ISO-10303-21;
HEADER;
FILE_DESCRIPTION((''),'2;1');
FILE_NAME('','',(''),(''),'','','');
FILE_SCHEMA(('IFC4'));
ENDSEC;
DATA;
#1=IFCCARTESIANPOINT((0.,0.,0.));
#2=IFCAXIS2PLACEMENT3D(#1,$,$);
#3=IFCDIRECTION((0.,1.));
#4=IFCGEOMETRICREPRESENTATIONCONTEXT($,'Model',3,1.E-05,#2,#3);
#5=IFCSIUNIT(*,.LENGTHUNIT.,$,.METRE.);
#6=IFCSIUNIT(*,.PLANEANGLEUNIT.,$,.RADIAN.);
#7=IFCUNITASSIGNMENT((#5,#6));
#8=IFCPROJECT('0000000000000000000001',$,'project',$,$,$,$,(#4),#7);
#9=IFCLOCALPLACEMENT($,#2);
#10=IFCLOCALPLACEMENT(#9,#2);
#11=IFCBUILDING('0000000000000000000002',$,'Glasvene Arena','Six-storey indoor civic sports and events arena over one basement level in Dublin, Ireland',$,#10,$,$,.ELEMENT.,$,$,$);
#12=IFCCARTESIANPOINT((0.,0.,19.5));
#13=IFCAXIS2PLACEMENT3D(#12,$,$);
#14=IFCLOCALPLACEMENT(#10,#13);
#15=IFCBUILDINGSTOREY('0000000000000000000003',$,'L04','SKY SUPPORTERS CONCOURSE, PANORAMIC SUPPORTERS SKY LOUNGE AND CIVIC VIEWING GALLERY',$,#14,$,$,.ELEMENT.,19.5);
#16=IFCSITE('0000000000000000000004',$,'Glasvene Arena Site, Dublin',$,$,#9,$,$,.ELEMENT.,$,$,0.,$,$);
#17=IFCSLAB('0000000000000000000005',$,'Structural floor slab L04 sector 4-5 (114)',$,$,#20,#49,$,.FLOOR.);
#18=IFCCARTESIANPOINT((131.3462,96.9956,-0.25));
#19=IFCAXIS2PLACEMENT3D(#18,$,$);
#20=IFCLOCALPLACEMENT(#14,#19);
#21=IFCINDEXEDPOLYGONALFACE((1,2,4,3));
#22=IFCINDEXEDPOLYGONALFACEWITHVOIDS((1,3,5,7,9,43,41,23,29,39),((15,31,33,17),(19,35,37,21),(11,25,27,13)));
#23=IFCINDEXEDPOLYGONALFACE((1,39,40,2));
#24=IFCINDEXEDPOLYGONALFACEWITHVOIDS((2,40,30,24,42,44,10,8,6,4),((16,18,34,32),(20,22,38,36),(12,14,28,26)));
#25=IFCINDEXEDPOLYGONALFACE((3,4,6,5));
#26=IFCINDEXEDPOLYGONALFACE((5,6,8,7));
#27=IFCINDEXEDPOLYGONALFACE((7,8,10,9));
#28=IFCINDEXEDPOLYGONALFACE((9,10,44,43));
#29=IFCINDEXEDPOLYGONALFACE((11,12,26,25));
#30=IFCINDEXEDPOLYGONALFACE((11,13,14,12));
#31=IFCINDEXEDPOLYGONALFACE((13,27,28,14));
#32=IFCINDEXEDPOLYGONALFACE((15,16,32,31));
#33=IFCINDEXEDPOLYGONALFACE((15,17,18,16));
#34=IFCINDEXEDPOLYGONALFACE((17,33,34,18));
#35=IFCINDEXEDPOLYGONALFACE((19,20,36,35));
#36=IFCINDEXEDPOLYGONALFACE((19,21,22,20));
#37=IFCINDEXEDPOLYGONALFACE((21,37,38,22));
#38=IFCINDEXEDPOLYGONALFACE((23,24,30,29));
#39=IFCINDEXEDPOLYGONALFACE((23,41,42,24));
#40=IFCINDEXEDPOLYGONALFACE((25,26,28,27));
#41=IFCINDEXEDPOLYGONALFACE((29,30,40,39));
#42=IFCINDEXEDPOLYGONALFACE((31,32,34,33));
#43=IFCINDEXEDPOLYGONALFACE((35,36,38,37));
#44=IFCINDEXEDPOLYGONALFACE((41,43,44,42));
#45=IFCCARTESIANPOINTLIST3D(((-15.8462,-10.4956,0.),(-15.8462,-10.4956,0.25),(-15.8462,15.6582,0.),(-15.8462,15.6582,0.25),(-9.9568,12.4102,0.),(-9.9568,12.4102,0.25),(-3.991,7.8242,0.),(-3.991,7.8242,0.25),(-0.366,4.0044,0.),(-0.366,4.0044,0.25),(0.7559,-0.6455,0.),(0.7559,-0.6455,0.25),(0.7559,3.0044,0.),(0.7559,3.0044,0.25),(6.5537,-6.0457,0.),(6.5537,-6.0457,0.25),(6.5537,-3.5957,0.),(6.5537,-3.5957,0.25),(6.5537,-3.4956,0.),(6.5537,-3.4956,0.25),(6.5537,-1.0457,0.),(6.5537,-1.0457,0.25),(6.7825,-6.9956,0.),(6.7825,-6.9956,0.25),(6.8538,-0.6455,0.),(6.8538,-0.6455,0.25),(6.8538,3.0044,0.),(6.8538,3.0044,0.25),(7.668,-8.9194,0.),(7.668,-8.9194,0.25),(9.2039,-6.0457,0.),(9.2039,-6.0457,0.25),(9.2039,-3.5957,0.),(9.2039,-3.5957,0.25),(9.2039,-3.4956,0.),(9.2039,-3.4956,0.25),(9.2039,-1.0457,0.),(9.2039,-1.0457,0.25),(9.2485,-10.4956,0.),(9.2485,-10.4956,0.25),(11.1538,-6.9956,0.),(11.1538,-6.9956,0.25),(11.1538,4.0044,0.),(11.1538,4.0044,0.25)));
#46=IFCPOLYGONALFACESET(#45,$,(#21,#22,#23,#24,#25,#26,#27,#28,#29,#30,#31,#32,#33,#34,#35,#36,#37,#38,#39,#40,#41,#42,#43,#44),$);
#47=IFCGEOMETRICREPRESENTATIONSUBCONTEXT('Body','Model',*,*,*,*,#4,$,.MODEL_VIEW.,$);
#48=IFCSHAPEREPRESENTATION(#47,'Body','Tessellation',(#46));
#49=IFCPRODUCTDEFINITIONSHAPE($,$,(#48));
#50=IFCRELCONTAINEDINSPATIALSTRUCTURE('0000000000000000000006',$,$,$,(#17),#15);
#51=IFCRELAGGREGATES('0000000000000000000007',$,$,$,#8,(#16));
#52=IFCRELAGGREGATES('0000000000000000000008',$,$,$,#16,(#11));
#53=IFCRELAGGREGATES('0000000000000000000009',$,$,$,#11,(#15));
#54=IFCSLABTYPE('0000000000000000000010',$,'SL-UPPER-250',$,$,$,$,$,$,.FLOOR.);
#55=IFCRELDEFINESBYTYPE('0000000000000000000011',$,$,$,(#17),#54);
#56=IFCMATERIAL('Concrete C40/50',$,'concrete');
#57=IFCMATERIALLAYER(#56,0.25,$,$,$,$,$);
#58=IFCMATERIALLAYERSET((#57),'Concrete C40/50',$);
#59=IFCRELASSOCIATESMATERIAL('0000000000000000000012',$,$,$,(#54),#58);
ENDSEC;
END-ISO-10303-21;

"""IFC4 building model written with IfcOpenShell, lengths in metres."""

from ifc_helpers import new_model, si_unit, direction, frame, origin, place, context, subcontext, project, spatial, polyline, outline, extrude, material, layer, layer_set, type_object, element, save


model = new_model("IFC4")

# Units and contexts
model_context = context("Model", 3, precision=1e-05, world=origin(), true_north=direction((0.0, 1.0)))
body_context = subcontext(model_context, "Body", "Model", "MODEL_VIEW")
ifc_project = project(units=[si_unit("LENGTHUNIT", "METRE"), si_unit("PLANEANGLEUNIT", "RADIAN")], contexts=[model_context])

# Site, building, storey
site_placement = place(None, origin())
site = spatial("IfcSite", under=ifc_project, at=site_placement, Name="Glasvene Arena Site, Dublin", CompositionType="ELEMENT", RefElevation=0.0)
building_placement = place(site_placement, origin())
building = spatial("IfcBuilding", under=site, at=building_placement, Name="Glasvene Arena", Description="Six-storey indoor civic sports and events arena over one basement level in Dublin, Ireland", CompositionType="ELEMENT")
storey_placement = place(building_placement, frame((0.0, 0.0, 19.5)))
storey = spatial("IfcBuildingStorey", under=building, at=storey_placement, Name="L04", Description="SKY SUPPORTERS CONCOURSE, PANORAMIC SUPPORTERS SKY LOUNGE AND CIVIC VIEWING GALLERY", CompositionType="ELEMENT", Elevation=19.5)

# Slab
ifc_material_1 = material(Name="Concrete C40/50", Category="concrete")
ifc_layer_1 = layer(ifc_material_1, 0.25)
ifc_layer_set_1 = layer_set([ifc_layer_1], Name="Concrete C40/50")
slab_type = type_object("IfcSlabType", Name="SL-UPPER-250", PredefinedType="FLOOR", material=ifc_layer_set_1)
slab_placement = place(storey_placement, frame((131.3462, 96.9956, -0.25)))
element("IfcSlab", 1, at=slab_placement, inside=storey, type_object=slab_type, Name="Structural floor slab L04 sector 4-5 (114)", PredefinedType="FLOOR", context=body_context, shape_type="SweptSolid", body=[
    extrude(outline(polyline([(-3.991, 7.8242), (-0.366, 4.0044), (11.1538, 4.0044), (11.1538, -6.9956), (6.7825, -6.9956), (7.668, -8.9194), (9.2485, -10.4956), (-15.8462, -10.4956), (-15.8462, 15.6582), (-9.9568, 12.4102), (-3.991, 7.8242)]), holes=[polyline([(9.2039, -6.0457), (9.2039, -3.5957), (6.5537, -3.5957), (6.5537, -6.0457), (9.2039, -6.0457)]), polyline([(9.2039, -3.4956), (9.2039, -1.0457), (6.5537, -1.0457), (6.5537, -3.4956), (9.2039, -3.4956)]), polyline([(6.8538, 3.0044), (0.7559, 3.0044), (0.7559, -0.6455), (6.8538, -0.6455), (6.8538, 3.0044)])]), origin(), (0.0, 0.0, 1.0), 0.25),
])

save(model, "model.ifc")
